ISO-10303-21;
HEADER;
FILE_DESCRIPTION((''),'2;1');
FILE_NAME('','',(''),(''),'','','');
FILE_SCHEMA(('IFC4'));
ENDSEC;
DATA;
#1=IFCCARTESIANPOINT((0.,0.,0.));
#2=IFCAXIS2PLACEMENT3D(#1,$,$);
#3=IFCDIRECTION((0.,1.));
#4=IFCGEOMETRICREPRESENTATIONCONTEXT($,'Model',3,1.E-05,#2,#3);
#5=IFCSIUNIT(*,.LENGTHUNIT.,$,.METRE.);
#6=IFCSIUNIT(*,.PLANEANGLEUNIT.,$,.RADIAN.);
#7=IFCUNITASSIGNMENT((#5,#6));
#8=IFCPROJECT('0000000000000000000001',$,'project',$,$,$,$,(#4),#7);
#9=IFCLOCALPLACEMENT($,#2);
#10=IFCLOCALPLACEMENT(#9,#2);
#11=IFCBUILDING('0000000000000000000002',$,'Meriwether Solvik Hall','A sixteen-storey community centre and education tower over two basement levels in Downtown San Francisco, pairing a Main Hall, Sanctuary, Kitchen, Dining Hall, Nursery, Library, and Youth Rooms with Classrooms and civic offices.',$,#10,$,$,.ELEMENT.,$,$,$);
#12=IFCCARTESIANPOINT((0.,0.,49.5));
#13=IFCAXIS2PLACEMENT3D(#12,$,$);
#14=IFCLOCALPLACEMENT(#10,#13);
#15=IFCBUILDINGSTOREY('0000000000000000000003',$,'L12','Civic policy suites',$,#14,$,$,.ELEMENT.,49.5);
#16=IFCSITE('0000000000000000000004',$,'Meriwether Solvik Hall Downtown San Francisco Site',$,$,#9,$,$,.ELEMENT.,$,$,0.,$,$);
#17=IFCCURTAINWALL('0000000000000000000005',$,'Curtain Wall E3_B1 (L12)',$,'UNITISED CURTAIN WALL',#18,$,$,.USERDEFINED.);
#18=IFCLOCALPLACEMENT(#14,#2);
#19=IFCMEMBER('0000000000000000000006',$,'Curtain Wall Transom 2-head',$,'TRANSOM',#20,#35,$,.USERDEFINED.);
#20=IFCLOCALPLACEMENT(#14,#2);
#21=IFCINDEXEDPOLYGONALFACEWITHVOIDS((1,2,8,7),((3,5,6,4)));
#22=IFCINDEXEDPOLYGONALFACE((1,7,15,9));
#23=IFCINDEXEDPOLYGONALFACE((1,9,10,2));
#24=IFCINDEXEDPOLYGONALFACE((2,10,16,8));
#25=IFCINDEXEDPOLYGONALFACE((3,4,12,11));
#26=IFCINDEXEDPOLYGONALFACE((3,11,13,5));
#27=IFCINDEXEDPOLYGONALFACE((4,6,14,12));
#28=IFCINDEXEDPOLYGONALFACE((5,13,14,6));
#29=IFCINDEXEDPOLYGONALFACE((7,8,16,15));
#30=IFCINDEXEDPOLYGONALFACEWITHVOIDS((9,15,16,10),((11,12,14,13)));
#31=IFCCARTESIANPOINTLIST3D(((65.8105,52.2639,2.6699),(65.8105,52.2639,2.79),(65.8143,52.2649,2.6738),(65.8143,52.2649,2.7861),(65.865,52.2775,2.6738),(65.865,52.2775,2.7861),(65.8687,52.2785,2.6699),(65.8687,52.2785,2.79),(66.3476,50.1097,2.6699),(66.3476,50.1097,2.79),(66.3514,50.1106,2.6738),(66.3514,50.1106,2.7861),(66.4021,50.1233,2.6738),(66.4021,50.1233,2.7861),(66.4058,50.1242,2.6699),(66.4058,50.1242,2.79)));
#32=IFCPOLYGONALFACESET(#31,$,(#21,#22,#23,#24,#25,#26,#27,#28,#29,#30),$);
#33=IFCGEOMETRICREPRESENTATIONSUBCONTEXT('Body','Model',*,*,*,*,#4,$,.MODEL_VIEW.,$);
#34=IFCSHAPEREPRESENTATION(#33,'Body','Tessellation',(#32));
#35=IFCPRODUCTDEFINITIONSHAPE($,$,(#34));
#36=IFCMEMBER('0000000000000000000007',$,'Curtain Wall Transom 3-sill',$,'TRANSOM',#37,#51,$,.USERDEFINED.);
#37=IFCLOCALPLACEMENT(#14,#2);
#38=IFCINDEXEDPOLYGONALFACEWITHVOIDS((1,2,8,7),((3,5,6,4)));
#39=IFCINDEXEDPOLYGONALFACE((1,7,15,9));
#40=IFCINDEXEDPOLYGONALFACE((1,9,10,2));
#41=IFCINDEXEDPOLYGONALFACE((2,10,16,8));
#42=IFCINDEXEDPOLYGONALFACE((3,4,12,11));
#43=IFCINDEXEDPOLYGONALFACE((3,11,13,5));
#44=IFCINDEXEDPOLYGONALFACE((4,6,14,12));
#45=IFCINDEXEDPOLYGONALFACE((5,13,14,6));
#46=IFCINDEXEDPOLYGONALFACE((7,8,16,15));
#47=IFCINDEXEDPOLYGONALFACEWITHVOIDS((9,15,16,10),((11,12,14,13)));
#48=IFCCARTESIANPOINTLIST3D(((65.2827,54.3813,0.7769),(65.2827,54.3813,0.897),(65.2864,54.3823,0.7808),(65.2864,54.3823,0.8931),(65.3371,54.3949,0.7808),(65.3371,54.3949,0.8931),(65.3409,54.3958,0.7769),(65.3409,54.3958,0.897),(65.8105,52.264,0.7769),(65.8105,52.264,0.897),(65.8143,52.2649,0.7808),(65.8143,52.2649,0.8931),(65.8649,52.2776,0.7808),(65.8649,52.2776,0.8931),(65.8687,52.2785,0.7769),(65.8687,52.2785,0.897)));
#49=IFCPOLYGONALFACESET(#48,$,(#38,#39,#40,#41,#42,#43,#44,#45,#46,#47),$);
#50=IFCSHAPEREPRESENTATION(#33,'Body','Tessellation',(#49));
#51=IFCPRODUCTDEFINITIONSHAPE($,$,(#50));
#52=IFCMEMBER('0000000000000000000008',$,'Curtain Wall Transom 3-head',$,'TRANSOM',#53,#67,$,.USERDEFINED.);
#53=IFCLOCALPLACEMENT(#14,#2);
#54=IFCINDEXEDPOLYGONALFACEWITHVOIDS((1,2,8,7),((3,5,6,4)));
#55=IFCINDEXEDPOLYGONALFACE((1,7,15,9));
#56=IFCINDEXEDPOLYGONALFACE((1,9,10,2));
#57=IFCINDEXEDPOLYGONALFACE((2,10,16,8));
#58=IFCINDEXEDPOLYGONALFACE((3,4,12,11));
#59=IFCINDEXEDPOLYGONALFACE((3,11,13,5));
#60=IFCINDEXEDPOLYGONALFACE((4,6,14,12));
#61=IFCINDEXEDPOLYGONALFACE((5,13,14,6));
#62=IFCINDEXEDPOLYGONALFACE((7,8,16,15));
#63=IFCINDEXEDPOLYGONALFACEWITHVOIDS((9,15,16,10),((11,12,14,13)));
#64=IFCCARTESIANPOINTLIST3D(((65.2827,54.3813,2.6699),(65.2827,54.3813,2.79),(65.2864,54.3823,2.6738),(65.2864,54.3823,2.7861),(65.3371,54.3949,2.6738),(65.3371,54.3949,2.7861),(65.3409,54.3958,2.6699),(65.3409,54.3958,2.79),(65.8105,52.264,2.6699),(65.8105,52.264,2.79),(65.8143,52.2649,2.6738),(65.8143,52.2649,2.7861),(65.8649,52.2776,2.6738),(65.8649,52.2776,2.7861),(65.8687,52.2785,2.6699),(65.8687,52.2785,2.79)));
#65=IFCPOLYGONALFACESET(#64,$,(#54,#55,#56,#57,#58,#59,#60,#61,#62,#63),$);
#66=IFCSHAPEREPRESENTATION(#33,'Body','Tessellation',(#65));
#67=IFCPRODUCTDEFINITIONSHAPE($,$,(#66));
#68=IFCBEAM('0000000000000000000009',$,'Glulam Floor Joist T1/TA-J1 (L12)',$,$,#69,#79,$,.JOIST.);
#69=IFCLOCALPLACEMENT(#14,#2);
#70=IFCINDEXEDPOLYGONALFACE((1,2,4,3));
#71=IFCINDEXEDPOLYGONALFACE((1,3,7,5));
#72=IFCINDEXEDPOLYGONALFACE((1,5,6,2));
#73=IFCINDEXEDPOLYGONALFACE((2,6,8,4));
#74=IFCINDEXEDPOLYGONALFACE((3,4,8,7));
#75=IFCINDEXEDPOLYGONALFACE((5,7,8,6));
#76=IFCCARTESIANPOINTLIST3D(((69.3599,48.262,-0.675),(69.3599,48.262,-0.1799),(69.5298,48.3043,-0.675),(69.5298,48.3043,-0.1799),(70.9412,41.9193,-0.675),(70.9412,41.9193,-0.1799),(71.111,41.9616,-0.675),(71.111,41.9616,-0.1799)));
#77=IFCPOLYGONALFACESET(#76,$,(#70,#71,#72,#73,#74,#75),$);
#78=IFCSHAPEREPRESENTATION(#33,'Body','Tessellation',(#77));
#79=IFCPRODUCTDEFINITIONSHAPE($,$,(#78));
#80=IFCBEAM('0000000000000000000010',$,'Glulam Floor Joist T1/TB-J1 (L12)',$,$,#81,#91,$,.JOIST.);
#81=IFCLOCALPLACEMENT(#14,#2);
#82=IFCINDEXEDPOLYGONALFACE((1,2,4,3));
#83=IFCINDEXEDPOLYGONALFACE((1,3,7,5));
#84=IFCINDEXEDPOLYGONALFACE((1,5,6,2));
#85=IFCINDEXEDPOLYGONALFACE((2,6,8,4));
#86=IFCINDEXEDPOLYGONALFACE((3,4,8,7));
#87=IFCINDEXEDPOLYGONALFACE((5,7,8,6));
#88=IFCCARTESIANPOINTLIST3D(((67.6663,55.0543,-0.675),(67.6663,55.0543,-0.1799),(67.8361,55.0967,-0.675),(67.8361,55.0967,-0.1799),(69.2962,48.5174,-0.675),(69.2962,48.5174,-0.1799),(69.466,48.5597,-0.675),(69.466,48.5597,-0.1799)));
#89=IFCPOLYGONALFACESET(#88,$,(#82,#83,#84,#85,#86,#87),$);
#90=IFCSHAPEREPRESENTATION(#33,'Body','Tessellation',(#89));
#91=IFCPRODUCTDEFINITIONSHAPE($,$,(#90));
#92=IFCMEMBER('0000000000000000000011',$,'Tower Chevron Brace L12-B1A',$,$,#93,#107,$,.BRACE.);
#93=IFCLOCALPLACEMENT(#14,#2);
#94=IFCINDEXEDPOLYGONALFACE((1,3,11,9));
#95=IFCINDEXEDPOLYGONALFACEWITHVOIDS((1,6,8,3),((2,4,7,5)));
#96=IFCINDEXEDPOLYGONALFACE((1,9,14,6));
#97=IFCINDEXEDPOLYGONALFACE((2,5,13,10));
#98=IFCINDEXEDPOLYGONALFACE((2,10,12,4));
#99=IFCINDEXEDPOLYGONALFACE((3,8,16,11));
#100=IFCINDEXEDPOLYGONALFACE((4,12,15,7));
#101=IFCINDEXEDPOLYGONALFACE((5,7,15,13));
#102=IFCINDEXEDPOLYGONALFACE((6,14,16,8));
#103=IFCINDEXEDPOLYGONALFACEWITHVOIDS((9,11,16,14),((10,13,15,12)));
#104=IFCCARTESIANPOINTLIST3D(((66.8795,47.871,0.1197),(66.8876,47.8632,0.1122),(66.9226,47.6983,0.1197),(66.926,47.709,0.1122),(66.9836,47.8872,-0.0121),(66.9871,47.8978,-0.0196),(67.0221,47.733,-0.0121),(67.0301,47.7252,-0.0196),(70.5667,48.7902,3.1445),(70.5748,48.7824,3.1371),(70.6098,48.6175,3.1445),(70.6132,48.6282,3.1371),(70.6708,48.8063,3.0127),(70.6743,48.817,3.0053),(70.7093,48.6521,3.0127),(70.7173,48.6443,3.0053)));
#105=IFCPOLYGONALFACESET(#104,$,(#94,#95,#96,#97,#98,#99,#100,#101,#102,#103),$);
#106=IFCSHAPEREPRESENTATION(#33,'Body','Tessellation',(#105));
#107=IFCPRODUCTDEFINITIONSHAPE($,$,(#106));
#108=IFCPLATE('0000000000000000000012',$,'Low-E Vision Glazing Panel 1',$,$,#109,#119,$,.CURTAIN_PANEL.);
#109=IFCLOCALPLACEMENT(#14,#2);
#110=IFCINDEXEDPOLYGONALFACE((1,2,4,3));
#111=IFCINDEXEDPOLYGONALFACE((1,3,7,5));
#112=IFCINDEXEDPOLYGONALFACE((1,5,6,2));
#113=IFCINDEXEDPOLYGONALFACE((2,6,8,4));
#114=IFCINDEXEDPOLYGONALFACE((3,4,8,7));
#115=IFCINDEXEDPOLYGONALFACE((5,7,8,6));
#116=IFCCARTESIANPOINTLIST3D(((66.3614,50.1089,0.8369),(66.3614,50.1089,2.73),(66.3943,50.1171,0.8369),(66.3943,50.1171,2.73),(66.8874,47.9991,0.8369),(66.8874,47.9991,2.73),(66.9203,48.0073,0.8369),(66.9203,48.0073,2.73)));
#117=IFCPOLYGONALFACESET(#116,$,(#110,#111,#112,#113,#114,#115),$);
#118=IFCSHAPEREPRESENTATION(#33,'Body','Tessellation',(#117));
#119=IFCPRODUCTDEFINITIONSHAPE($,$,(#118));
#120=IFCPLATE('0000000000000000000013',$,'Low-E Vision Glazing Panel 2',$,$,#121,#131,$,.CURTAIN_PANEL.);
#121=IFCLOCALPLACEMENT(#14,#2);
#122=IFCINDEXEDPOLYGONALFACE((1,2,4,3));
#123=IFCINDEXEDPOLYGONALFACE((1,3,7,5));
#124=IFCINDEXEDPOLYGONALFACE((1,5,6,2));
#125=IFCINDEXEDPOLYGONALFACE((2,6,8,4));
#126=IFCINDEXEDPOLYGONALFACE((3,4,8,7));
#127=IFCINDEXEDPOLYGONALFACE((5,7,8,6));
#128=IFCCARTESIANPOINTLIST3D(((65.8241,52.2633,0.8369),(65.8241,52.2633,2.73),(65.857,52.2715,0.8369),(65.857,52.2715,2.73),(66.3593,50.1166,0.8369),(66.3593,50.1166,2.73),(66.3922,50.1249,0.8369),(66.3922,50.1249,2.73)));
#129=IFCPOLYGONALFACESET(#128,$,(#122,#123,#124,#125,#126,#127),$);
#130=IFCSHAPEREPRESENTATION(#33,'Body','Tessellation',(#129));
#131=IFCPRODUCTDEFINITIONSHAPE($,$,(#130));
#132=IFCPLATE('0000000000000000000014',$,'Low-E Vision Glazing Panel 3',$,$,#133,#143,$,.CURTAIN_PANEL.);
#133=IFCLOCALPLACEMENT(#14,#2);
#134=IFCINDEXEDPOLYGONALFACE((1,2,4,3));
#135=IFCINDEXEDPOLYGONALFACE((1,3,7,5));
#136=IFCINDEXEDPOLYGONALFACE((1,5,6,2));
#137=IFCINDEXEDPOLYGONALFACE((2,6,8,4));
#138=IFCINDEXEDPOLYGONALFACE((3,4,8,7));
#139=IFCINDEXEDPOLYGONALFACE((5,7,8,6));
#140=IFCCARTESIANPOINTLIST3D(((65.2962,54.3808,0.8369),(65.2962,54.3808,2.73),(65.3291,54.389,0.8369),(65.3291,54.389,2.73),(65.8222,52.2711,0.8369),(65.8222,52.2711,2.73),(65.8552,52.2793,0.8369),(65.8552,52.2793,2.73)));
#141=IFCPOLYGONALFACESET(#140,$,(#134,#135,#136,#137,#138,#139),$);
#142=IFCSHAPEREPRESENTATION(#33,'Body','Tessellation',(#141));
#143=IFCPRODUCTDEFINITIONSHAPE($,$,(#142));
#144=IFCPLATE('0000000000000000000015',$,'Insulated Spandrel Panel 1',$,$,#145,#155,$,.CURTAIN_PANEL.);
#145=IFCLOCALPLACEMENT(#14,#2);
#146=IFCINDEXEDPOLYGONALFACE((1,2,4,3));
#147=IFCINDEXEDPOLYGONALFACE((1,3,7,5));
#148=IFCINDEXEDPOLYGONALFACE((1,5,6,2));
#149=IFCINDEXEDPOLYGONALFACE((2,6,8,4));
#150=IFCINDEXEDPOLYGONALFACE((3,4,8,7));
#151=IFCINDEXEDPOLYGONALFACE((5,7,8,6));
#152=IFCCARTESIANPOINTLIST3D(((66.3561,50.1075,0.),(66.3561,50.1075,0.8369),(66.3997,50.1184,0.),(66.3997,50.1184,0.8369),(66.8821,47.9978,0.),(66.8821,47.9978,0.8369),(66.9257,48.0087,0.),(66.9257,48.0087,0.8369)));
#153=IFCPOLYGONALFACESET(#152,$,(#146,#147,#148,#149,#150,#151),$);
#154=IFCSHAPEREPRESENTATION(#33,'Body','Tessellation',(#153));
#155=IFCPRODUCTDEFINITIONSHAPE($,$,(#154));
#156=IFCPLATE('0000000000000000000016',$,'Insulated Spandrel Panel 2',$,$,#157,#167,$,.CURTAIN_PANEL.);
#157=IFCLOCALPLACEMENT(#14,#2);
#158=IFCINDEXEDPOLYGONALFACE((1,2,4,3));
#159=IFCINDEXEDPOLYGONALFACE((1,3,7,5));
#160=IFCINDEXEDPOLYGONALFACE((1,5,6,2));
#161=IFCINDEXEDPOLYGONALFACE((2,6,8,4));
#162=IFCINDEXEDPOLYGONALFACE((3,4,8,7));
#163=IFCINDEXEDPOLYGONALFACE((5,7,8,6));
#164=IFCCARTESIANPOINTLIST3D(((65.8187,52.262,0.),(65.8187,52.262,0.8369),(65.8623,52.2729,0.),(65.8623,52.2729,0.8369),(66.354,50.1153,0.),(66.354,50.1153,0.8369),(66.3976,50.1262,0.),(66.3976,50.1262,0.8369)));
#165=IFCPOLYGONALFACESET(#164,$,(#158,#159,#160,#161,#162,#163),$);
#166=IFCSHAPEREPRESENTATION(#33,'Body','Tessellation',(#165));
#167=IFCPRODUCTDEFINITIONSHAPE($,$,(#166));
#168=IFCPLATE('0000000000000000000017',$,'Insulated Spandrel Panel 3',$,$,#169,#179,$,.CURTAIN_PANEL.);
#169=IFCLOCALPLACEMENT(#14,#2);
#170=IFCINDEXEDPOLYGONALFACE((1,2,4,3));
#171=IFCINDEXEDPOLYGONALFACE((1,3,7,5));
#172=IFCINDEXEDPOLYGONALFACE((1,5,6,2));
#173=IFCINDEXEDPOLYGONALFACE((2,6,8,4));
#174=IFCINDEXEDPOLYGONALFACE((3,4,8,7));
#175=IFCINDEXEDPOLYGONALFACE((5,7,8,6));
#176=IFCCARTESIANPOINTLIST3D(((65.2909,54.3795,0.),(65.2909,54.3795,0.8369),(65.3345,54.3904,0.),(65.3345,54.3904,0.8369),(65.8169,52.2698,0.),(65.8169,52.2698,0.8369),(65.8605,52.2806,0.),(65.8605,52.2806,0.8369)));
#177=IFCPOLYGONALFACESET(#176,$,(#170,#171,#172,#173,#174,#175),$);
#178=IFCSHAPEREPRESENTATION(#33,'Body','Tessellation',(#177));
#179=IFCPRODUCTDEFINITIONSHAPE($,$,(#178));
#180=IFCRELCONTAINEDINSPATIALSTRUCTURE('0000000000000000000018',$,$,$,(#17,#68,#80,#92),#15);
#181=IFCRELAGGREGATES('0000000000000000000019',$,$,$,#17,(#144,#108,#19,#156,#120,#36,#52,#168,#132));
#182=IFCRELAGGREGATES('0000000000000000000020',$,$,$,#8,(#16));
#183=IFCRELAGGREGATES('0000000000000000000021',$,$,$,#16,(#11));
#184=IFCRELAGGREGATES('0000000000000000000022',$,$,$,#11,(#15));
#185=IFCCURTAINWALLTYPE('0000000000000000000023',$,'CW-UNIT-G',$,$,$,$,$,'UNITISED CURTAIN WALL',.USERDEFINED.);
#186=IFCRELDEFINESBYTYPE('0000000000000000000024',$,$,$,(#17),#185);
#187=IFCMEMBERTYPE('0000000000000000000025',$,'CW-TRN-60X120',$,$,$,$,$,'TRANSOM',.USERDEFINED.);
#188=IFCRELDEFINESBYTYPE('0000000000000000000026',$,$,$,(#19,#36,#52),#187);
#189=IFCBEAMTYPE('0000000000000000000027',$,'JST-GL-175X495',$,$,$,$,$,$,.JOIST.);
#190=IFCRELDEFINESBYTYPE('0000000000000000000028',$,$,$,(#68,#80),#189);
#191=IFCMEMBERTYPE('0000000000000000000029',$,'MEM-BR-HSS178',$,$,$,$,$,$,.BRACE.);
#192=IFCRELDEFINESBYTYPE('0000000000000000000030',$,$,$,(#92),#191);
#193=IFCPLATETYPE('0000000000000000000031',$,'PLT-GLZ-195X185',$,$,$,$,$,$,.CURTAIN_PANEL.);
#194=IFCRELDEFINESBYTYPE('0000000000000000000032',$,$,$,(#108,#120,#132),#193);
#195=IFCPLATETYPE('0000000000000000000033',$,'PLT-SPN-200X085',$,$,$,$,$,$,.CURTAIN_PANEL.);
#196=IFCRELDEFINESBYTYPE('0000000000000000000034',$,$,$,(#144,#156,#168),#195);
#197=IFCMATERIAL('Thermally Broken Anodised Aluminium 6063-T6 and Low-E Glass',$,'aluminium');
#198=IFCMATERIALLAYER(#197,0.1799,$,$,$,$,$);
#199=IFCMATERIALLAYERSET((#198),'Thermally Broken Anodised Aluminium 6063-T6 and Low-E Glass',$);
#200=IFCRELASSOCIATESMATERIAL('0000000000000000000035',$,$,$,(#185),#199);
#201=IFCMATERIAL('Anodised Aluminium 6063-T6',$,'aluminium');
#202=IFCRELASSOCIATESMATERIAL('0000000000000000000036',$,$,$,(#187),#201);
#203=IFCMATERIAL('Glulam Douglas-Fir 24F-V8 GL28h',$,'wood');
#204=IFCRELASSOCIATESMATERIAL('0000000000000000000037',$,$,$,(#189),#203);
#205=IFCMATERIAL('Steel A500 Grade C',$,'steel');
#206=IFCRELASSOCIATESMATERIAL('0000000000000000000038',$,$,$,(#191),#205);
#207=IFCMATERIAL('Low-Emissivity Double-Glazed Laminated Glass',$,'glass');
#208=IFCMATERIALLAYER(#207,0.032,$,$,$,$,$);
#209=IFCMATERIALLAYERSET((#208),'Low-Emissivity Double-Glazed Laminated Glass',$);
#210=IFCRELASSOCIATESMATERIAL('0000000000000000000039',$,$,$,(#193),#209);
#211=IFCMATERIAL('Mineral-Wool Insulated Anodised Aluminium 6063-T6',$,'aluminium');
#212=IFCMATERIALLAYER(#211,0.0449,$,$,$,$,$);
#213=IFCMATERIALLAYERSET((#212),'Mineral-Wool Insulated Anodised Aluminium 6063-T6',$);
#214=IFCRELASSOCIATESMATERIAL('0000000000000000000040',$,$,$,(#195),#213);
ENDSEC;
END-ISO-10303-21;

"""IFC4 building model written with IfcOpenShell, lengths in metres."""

from ifc_helpers import new_model, si_unit, direction, frame, origin, origin_2d, place, context, subcontext, project, spatial, rectangle, hollow_rectangle, extrude, material, layer, layer_set, material_profile, profile_set, type_object, element, aggregate, save


model = new_model("IFC4")

# Units and contexts
model_context = context("Model", 3, precision=1e-05, world=origin(), true_north=direction((0.0, 1.0)))
body_context = subcontext(model_context, "Body", "Model", "MODEL_VIEW")
ifc_project = project(units=[si_unit("LENGTHUNIT", "METRE"), si_unit("PLANEANGLEUNIT", "RADIAN")], contexts=[model_context])

# Site, building, storey
site_placement = place(None, origin())
site = spatial("IfcSite", under=ifc_project, at=site_placement, Name="Meriwether Solvik Hall Downtown San Francisco Site", CompositionType="ELEMENT", RefElevation=0.0)
building_placement = place(site_placement, origin())
building = spatial("IfcBuilding", under=site, at=building_placement, Name="Meriwether Solvik Hall", Description="A sixteen-storey community centre and education tower over two basement levels in Downtown San Francisco, pairing a Main Hall, Sanctuary, Kitchen, Dining Hall, Nursery, Library, and Youth Rooms with Classrooms and civic offices.", CompositionType="ELEMENT")
storey_placement = place(building_placement, frame((0.0, 0.0, 49.5)))
storey = spatial("IfcBuildingStorey", under=building, at=storey_placement, Name="L12", Description="Civic policy suites", CompositionType="ELEMENT", Elevation=49.5)

# Curtain wall, members
ifc_material_1 = material(Name="Thermally Broken Anodised Aluminium 6063-T6 and Low-E Glass", Category="aluminium")
ifc_layer_1 = layer(ifc_material_1, 0.1799)
ifc_layer_set_1 = layer_set([ifc_layer_1], Name="Thermally Broken Anodised Aluminium 6063-T6 and Low-E Glass")
curtain_wall_type = type_object("IfcCurtainWallType", Name="CW-UNIT-G", ElementType="UNITISED CURTAIN WALL", PredefinedType="USERDEFINED", material=ifc_layer_set_1)
curtain_wall_placement = place(storey_placement, origin())
curtain_wall = element("IfcCurtainWall", 1, at=curtain_wall_placement, inside=storey, type_object=curtain_wall_type, Name="Curtain Wall E3_B1 (L12)", ObjectType="UNITISED CURTAIN WALL", PredefinedType="USERDEFINED")
ifc_material_2 = material(Name="Anodised Aluminium 6063-T6", Category="aluminium")
ifc_material_profile_1 = material_profile(ifc_material_2, hollow_rectangle(XDim=0.0601, YDim=0.1201, WallThickness=0.0039, at=origin_2d()), Name="CWT-60X120")
ifc_profile_set_1 = profile_set([ifc_material_profile_1], Name="Anodised Aluminium 6063-T6")
member_type_1 = type_object("IfcMemberType", Name="CW-TRN-60X120", ElementType="TRANSOM", PredefinedType="USERDEFINED", material=ifc_profile_set_1)
member_1_placement = place(storey_placement, frame((66.3767, 50.1169, 2.73), z_axis=(-0.241915, 0.970298, 0.0), x_axis=(-0.970298, -0.241915, 0.0)))
member_1 = element("IfcMember", 2, at=member_1_placement, type_object=member_type_1, Name="Curtain Wall Transom 2-head", ObjectType="TRANSOM", PredefinedType="USERDEFINED", context=body_context, shape_type="SweptSolid", body=[
    extrude(hollow_rectangle(XDim=0.0601, YDim=0.1201, WallThickness=0.0039, at=origin_2d()), origin(), (0.0, 0.0, 1.0), 2.2202),
])
member_2_placement = place(storey_placement, frame((65.8396, 52.2712, 0.8369), z_axis=(-0.241877, 0.970307, 0.0), x_axis=(-0.970307, -0.241877, 0.0)))
member_2 = element("IfcMember", 3, at=member_2_placement, type_object=member_type_1, Name="Curtain Wall Transom 3-sill", ObjectType="TRANSOM", PredefinedType="USERDEFINED", context=body_context, shape_type="SweptSolid", body=[
    extrude(hollow_rectangle(XDim=0.0601, YDim=0.1201, WallThickness=0.0039, at=origin_2d()), origin(), (0.0, 0.0, 1.0), 2.1821),
])
member_3_placement = place(storey_placement, frame((65.8396, 52.2712, 2.73), z_axis=(-0.241877, 0.970307, 0.0), x_axis=(-0.970307, -0.241877, 0.0)))
member_3 = element("IfcMember", 4, at=member_3_placement, type_object=member_type_1, Name="Curtain Wall Transom 3-head", ObjectType="TRANSOM", PredefinedType="USERDEFINED", context=body_context, shape_type="SweptSolid", body=[
    extrude(hollow_rectangle(XDim=0.0601, YDim=0.1201, WallThickness=0.0039, at=origin_2d()), origin(), (0.0, 0.0, 1.0), 2.1821),
])

# Beams
ifc_material_3 = material(Name="Glulam Douglas-Fir 24F-V8 GL28h", Category="wood")
ifc_material_profile_2 = material_profile(ifc_material_3, rectangle(XDim=0.175, YDim=0.4951, at=origin_2d()), Name="GLJ-175X495")
ifc_profile_set_2 = profile_set([ifc_material_profile_2], Name="Glulam Douglas-Fir 24F-V8 GL28h")
beam_type_1 = type_object("IfcBeamType", Name="JST-GL-175X495", PredefinedType="JOIST", material=ifc_profile_set_2)
beam_1_placement = place(storey_placement, frame((71.0261, 41.9404, -0.4275), z_axis=(-0.241903, 0.9703, 0.0), x_axis=(-0.9703, -0.241903, 0.0)))
element("IfcBeam", 5, at=beam_1_placement, inside=storey, type_object=beam_type_1, Name="Glulam Floor Joist T1/TA-J1 (L12)", PredefinedType="JOIST", context=body_context, shape_type="SweptSolid", body=[
    extrude(rectangle(XDim=0.175, YDim=0.4951, at=origin_2d()), origin(), (0.0, 0.0, 1.0), 6.5369),
])
beam_2_placement = place(storey_placement, frame((69.3811, 48.5386, -0.4275), z_axis=(-0.24193, 0.970294, 0.0), x_axis=(-0.970294, -0.24193, 0.0)))
element("IfcBeam", 6, at=beam_2_placement, inside=storey, type_object=beam_type_1, Name="Glulam Floor Joist T1/TB-J1 (L12)", PredefinedType="JOIST", context=body_context, shape_type="SweptSolid", body=[
    extrude(rectangle(XDim=0.175, YDim=0.4951, at=origin_2d()), origin(), (0.0, 0.0, 1.0), 6.7371),
])

# Member
ifc_material_4 = material(Name="Steel A500 Grade C", Category="steel")
ifc_material_profile_3 = material_profile(ifc_material_4, hollow_rectangle(XDim=0.178, YDim=0.178, WallThickness=0.0095, at=origin_2d()), Name="HSS178X178X9.5")
ifc_profile_set_3 = profile_set([ifc_material_profile_3], Name="Steel A500 Grade C")
member_type_2 = type_object("IfcMemberType", Name="MEM-BR-HSS178", PredefinedType="BRACE", material=ifc_profile_set_3)
member_4_placement = place(storey_placement, frame((66.9548, 47.7981, 0.05), z_axis=(0.759158, 0.189249, 0.622788), x_axis=(-0.241886, 0.970305, 0.0)))
element("IfcMember", 7, at=member_4_placement, inside=storey, type_object=member_type_2, Name="Tower Chevron Brace L12-B1A", PredefinedType="BRACE", context=body_context, shape_type="SweptSolid", body=[
    extrude(hollow_rectangle(XDim=0.178, YDim=0.178, WallThickness=0.0095, at=origin_2d()), origin(), (0.0, 0.0, 1.0), 4.8569),
])

# Plates
ifc_material_5 = material(Name="Low-Emissivity Double-Glazed Laminated Glass", Category="glass")
ifc_layer_2 = layer(ifc_material_5, 0.032)
ifc_layer_set_2 = layer_set([ifc_layer_2], Name="Low-Emissivity Double-Glazed Laminated Glass")
plate_type_1 = type_object("IfcPlateType", Name="PLT-GLZ-195X185", PredefinedType="CURTAIN_PANEL", material=ifc_layer_set_2)
plate_1_placement = place(storey_placement, frame((66.6409, 49.0581, 0.8369), z_axis=(0.0, 0.0, 1.0), x_axis=(-0.241922, 0.970296, 0.0)))
plate_1 = element("IfcPlate", 8, at=plate_1_placement, type_object=plate_type_1, Name="Low-E Vision Glazing Panel 1", PredefinedType="CURTAIN_PANEL", context=body_context, shape_type="SweptSolid", body=[
    extrude(rectangle(XDim=2.1743, YDim=0.0339, at=origin_2d()), origin(), (0.0, 0.0, 1.0), 1.8931),
])
plate_2_placement = place(storey_placement, frame((66.1082, 51.1941, 0.8369), z_axis=(0.0, 0.0, 1.0), x_axis=(-0.241922, 0.970296, 0.0)))
plate_2 = element("IfcPlate", 9, at=plate_2_placement, type_object=plate_type_1, Name="Low-E Vision Glazing Panel 2", PredefinedType="CURTAIN_PANEL", context=body_context, shape_type="SweptSolid", body=[
    extrude(rectangle(XDim=2.2124, YDim=0.0339, at=origin_2d()), origin(), (0.0, 0.0, 1.0), 1.8931),
])
plate_3_placement = place(storey_placement, frame((65.5757, 53.3301, 0.8369), z_axis=(0.0, 0.0, 1.0), x_axis=(-0.241922, 0.970296, 0.0)))
plate_3 = element("IfcPlate", 10, at=plate_3_placement, type_object=plate_type_1, Name="Low-E Vision Glazing Panel 3", PredefinedType="CURTAIN_PANEL", context=body_context, shape_type="SweptSolid", body=[
    extrude(rectangle(XDim=2.1743, YDim=0.0339, at=origin_2d()), origin(), (0.0, 0.0, 1.0), 1.8931),
])
ifc_material_6 = material(Name="Mineral-Wool Insulated Anodised Aluminium 6063-T6", Category="aluminium")
ifc_layer_3 = layer(ifc_material_6, 0.0449)
ifc_layer_set_3 = layer_set([ifc_layer_3], Name="Mineral-Wool Insulated Anodised Aluminium 6063-T6")
plate_type_2 = type_object("IfcPlateType", Name="PLT-SPN-200X085", PredefinedType="CURTAIN_PANEL", material=ifc_layer_set_3)
plate_4_placement = place(storey_placement, frame((66.6409, 49.0581, 0.0), z_axis=(0.0, 0.0, 1.0), x_axis=(-0.241922, 0.970296, 0.0)))
plate_4 = element("IfcPlate", 11, at=plate_4_placement, type_object=plate_type_2, Name="Insulated Spandrel Panel 1", PredefinedType="CURTAIN_PANEL", context=body_context, shape_type="SweptSolid", body=[
    extrude(rectangle(XDim=2.1743, YDim=0.0449, at=origin_2d()), origin(), (0.0, 0.0, 1.0), 0.8369),
])
plate_5_placement = place(storey_placement, frame((66.1082, 51.1941, 0.0), z_axis=(0.0, 0.0, 1.0), x_axis=(-0.241922, 0.970296, 0.0)))
plate_5 = element("IfcPlate", 12, at=plate_5_placement, type_object=plate_type_2, Name="Insulated Spandrel Panel 2", PredefinedType="CURTAIN_PANEL", context=body_context, shape_type="SweptSolid", body=[
    extrude(rectangle(XDim=2.2124, YDim=0.0449, at=origin_2d()), origin(), (0.0, 0.0, 1.0), 0.8369),
])
plate_6_placement = place(storey_placement, frame((65.5757, 53.3301, 0.0), z_axis=(0.0, 0.0, 1.0), x_axis=(-0.241922, 0.970296, 0.0)))
plate_6 = element("IfcPlate", 13, at=plate_6_placement, type_object=plate_type_2, Name="Insulated Spandrel Panel 3", PredefinedType="CURTAIN_PANEL", context=body_context, shape_type="SweptSolid", body=[
    extrude(rectangle(XDim=2.1743, YDim=0.0449, at=origin_2d()), origin(), (0.0, 0.0, 1.0), 0.8369),
])
aggregate(curtain_wall, [plate_4, plate_1, member_1, plate_5, plate_2, member_2, member_3, plate_6, plate_3])

save(model, "model.ifc")
